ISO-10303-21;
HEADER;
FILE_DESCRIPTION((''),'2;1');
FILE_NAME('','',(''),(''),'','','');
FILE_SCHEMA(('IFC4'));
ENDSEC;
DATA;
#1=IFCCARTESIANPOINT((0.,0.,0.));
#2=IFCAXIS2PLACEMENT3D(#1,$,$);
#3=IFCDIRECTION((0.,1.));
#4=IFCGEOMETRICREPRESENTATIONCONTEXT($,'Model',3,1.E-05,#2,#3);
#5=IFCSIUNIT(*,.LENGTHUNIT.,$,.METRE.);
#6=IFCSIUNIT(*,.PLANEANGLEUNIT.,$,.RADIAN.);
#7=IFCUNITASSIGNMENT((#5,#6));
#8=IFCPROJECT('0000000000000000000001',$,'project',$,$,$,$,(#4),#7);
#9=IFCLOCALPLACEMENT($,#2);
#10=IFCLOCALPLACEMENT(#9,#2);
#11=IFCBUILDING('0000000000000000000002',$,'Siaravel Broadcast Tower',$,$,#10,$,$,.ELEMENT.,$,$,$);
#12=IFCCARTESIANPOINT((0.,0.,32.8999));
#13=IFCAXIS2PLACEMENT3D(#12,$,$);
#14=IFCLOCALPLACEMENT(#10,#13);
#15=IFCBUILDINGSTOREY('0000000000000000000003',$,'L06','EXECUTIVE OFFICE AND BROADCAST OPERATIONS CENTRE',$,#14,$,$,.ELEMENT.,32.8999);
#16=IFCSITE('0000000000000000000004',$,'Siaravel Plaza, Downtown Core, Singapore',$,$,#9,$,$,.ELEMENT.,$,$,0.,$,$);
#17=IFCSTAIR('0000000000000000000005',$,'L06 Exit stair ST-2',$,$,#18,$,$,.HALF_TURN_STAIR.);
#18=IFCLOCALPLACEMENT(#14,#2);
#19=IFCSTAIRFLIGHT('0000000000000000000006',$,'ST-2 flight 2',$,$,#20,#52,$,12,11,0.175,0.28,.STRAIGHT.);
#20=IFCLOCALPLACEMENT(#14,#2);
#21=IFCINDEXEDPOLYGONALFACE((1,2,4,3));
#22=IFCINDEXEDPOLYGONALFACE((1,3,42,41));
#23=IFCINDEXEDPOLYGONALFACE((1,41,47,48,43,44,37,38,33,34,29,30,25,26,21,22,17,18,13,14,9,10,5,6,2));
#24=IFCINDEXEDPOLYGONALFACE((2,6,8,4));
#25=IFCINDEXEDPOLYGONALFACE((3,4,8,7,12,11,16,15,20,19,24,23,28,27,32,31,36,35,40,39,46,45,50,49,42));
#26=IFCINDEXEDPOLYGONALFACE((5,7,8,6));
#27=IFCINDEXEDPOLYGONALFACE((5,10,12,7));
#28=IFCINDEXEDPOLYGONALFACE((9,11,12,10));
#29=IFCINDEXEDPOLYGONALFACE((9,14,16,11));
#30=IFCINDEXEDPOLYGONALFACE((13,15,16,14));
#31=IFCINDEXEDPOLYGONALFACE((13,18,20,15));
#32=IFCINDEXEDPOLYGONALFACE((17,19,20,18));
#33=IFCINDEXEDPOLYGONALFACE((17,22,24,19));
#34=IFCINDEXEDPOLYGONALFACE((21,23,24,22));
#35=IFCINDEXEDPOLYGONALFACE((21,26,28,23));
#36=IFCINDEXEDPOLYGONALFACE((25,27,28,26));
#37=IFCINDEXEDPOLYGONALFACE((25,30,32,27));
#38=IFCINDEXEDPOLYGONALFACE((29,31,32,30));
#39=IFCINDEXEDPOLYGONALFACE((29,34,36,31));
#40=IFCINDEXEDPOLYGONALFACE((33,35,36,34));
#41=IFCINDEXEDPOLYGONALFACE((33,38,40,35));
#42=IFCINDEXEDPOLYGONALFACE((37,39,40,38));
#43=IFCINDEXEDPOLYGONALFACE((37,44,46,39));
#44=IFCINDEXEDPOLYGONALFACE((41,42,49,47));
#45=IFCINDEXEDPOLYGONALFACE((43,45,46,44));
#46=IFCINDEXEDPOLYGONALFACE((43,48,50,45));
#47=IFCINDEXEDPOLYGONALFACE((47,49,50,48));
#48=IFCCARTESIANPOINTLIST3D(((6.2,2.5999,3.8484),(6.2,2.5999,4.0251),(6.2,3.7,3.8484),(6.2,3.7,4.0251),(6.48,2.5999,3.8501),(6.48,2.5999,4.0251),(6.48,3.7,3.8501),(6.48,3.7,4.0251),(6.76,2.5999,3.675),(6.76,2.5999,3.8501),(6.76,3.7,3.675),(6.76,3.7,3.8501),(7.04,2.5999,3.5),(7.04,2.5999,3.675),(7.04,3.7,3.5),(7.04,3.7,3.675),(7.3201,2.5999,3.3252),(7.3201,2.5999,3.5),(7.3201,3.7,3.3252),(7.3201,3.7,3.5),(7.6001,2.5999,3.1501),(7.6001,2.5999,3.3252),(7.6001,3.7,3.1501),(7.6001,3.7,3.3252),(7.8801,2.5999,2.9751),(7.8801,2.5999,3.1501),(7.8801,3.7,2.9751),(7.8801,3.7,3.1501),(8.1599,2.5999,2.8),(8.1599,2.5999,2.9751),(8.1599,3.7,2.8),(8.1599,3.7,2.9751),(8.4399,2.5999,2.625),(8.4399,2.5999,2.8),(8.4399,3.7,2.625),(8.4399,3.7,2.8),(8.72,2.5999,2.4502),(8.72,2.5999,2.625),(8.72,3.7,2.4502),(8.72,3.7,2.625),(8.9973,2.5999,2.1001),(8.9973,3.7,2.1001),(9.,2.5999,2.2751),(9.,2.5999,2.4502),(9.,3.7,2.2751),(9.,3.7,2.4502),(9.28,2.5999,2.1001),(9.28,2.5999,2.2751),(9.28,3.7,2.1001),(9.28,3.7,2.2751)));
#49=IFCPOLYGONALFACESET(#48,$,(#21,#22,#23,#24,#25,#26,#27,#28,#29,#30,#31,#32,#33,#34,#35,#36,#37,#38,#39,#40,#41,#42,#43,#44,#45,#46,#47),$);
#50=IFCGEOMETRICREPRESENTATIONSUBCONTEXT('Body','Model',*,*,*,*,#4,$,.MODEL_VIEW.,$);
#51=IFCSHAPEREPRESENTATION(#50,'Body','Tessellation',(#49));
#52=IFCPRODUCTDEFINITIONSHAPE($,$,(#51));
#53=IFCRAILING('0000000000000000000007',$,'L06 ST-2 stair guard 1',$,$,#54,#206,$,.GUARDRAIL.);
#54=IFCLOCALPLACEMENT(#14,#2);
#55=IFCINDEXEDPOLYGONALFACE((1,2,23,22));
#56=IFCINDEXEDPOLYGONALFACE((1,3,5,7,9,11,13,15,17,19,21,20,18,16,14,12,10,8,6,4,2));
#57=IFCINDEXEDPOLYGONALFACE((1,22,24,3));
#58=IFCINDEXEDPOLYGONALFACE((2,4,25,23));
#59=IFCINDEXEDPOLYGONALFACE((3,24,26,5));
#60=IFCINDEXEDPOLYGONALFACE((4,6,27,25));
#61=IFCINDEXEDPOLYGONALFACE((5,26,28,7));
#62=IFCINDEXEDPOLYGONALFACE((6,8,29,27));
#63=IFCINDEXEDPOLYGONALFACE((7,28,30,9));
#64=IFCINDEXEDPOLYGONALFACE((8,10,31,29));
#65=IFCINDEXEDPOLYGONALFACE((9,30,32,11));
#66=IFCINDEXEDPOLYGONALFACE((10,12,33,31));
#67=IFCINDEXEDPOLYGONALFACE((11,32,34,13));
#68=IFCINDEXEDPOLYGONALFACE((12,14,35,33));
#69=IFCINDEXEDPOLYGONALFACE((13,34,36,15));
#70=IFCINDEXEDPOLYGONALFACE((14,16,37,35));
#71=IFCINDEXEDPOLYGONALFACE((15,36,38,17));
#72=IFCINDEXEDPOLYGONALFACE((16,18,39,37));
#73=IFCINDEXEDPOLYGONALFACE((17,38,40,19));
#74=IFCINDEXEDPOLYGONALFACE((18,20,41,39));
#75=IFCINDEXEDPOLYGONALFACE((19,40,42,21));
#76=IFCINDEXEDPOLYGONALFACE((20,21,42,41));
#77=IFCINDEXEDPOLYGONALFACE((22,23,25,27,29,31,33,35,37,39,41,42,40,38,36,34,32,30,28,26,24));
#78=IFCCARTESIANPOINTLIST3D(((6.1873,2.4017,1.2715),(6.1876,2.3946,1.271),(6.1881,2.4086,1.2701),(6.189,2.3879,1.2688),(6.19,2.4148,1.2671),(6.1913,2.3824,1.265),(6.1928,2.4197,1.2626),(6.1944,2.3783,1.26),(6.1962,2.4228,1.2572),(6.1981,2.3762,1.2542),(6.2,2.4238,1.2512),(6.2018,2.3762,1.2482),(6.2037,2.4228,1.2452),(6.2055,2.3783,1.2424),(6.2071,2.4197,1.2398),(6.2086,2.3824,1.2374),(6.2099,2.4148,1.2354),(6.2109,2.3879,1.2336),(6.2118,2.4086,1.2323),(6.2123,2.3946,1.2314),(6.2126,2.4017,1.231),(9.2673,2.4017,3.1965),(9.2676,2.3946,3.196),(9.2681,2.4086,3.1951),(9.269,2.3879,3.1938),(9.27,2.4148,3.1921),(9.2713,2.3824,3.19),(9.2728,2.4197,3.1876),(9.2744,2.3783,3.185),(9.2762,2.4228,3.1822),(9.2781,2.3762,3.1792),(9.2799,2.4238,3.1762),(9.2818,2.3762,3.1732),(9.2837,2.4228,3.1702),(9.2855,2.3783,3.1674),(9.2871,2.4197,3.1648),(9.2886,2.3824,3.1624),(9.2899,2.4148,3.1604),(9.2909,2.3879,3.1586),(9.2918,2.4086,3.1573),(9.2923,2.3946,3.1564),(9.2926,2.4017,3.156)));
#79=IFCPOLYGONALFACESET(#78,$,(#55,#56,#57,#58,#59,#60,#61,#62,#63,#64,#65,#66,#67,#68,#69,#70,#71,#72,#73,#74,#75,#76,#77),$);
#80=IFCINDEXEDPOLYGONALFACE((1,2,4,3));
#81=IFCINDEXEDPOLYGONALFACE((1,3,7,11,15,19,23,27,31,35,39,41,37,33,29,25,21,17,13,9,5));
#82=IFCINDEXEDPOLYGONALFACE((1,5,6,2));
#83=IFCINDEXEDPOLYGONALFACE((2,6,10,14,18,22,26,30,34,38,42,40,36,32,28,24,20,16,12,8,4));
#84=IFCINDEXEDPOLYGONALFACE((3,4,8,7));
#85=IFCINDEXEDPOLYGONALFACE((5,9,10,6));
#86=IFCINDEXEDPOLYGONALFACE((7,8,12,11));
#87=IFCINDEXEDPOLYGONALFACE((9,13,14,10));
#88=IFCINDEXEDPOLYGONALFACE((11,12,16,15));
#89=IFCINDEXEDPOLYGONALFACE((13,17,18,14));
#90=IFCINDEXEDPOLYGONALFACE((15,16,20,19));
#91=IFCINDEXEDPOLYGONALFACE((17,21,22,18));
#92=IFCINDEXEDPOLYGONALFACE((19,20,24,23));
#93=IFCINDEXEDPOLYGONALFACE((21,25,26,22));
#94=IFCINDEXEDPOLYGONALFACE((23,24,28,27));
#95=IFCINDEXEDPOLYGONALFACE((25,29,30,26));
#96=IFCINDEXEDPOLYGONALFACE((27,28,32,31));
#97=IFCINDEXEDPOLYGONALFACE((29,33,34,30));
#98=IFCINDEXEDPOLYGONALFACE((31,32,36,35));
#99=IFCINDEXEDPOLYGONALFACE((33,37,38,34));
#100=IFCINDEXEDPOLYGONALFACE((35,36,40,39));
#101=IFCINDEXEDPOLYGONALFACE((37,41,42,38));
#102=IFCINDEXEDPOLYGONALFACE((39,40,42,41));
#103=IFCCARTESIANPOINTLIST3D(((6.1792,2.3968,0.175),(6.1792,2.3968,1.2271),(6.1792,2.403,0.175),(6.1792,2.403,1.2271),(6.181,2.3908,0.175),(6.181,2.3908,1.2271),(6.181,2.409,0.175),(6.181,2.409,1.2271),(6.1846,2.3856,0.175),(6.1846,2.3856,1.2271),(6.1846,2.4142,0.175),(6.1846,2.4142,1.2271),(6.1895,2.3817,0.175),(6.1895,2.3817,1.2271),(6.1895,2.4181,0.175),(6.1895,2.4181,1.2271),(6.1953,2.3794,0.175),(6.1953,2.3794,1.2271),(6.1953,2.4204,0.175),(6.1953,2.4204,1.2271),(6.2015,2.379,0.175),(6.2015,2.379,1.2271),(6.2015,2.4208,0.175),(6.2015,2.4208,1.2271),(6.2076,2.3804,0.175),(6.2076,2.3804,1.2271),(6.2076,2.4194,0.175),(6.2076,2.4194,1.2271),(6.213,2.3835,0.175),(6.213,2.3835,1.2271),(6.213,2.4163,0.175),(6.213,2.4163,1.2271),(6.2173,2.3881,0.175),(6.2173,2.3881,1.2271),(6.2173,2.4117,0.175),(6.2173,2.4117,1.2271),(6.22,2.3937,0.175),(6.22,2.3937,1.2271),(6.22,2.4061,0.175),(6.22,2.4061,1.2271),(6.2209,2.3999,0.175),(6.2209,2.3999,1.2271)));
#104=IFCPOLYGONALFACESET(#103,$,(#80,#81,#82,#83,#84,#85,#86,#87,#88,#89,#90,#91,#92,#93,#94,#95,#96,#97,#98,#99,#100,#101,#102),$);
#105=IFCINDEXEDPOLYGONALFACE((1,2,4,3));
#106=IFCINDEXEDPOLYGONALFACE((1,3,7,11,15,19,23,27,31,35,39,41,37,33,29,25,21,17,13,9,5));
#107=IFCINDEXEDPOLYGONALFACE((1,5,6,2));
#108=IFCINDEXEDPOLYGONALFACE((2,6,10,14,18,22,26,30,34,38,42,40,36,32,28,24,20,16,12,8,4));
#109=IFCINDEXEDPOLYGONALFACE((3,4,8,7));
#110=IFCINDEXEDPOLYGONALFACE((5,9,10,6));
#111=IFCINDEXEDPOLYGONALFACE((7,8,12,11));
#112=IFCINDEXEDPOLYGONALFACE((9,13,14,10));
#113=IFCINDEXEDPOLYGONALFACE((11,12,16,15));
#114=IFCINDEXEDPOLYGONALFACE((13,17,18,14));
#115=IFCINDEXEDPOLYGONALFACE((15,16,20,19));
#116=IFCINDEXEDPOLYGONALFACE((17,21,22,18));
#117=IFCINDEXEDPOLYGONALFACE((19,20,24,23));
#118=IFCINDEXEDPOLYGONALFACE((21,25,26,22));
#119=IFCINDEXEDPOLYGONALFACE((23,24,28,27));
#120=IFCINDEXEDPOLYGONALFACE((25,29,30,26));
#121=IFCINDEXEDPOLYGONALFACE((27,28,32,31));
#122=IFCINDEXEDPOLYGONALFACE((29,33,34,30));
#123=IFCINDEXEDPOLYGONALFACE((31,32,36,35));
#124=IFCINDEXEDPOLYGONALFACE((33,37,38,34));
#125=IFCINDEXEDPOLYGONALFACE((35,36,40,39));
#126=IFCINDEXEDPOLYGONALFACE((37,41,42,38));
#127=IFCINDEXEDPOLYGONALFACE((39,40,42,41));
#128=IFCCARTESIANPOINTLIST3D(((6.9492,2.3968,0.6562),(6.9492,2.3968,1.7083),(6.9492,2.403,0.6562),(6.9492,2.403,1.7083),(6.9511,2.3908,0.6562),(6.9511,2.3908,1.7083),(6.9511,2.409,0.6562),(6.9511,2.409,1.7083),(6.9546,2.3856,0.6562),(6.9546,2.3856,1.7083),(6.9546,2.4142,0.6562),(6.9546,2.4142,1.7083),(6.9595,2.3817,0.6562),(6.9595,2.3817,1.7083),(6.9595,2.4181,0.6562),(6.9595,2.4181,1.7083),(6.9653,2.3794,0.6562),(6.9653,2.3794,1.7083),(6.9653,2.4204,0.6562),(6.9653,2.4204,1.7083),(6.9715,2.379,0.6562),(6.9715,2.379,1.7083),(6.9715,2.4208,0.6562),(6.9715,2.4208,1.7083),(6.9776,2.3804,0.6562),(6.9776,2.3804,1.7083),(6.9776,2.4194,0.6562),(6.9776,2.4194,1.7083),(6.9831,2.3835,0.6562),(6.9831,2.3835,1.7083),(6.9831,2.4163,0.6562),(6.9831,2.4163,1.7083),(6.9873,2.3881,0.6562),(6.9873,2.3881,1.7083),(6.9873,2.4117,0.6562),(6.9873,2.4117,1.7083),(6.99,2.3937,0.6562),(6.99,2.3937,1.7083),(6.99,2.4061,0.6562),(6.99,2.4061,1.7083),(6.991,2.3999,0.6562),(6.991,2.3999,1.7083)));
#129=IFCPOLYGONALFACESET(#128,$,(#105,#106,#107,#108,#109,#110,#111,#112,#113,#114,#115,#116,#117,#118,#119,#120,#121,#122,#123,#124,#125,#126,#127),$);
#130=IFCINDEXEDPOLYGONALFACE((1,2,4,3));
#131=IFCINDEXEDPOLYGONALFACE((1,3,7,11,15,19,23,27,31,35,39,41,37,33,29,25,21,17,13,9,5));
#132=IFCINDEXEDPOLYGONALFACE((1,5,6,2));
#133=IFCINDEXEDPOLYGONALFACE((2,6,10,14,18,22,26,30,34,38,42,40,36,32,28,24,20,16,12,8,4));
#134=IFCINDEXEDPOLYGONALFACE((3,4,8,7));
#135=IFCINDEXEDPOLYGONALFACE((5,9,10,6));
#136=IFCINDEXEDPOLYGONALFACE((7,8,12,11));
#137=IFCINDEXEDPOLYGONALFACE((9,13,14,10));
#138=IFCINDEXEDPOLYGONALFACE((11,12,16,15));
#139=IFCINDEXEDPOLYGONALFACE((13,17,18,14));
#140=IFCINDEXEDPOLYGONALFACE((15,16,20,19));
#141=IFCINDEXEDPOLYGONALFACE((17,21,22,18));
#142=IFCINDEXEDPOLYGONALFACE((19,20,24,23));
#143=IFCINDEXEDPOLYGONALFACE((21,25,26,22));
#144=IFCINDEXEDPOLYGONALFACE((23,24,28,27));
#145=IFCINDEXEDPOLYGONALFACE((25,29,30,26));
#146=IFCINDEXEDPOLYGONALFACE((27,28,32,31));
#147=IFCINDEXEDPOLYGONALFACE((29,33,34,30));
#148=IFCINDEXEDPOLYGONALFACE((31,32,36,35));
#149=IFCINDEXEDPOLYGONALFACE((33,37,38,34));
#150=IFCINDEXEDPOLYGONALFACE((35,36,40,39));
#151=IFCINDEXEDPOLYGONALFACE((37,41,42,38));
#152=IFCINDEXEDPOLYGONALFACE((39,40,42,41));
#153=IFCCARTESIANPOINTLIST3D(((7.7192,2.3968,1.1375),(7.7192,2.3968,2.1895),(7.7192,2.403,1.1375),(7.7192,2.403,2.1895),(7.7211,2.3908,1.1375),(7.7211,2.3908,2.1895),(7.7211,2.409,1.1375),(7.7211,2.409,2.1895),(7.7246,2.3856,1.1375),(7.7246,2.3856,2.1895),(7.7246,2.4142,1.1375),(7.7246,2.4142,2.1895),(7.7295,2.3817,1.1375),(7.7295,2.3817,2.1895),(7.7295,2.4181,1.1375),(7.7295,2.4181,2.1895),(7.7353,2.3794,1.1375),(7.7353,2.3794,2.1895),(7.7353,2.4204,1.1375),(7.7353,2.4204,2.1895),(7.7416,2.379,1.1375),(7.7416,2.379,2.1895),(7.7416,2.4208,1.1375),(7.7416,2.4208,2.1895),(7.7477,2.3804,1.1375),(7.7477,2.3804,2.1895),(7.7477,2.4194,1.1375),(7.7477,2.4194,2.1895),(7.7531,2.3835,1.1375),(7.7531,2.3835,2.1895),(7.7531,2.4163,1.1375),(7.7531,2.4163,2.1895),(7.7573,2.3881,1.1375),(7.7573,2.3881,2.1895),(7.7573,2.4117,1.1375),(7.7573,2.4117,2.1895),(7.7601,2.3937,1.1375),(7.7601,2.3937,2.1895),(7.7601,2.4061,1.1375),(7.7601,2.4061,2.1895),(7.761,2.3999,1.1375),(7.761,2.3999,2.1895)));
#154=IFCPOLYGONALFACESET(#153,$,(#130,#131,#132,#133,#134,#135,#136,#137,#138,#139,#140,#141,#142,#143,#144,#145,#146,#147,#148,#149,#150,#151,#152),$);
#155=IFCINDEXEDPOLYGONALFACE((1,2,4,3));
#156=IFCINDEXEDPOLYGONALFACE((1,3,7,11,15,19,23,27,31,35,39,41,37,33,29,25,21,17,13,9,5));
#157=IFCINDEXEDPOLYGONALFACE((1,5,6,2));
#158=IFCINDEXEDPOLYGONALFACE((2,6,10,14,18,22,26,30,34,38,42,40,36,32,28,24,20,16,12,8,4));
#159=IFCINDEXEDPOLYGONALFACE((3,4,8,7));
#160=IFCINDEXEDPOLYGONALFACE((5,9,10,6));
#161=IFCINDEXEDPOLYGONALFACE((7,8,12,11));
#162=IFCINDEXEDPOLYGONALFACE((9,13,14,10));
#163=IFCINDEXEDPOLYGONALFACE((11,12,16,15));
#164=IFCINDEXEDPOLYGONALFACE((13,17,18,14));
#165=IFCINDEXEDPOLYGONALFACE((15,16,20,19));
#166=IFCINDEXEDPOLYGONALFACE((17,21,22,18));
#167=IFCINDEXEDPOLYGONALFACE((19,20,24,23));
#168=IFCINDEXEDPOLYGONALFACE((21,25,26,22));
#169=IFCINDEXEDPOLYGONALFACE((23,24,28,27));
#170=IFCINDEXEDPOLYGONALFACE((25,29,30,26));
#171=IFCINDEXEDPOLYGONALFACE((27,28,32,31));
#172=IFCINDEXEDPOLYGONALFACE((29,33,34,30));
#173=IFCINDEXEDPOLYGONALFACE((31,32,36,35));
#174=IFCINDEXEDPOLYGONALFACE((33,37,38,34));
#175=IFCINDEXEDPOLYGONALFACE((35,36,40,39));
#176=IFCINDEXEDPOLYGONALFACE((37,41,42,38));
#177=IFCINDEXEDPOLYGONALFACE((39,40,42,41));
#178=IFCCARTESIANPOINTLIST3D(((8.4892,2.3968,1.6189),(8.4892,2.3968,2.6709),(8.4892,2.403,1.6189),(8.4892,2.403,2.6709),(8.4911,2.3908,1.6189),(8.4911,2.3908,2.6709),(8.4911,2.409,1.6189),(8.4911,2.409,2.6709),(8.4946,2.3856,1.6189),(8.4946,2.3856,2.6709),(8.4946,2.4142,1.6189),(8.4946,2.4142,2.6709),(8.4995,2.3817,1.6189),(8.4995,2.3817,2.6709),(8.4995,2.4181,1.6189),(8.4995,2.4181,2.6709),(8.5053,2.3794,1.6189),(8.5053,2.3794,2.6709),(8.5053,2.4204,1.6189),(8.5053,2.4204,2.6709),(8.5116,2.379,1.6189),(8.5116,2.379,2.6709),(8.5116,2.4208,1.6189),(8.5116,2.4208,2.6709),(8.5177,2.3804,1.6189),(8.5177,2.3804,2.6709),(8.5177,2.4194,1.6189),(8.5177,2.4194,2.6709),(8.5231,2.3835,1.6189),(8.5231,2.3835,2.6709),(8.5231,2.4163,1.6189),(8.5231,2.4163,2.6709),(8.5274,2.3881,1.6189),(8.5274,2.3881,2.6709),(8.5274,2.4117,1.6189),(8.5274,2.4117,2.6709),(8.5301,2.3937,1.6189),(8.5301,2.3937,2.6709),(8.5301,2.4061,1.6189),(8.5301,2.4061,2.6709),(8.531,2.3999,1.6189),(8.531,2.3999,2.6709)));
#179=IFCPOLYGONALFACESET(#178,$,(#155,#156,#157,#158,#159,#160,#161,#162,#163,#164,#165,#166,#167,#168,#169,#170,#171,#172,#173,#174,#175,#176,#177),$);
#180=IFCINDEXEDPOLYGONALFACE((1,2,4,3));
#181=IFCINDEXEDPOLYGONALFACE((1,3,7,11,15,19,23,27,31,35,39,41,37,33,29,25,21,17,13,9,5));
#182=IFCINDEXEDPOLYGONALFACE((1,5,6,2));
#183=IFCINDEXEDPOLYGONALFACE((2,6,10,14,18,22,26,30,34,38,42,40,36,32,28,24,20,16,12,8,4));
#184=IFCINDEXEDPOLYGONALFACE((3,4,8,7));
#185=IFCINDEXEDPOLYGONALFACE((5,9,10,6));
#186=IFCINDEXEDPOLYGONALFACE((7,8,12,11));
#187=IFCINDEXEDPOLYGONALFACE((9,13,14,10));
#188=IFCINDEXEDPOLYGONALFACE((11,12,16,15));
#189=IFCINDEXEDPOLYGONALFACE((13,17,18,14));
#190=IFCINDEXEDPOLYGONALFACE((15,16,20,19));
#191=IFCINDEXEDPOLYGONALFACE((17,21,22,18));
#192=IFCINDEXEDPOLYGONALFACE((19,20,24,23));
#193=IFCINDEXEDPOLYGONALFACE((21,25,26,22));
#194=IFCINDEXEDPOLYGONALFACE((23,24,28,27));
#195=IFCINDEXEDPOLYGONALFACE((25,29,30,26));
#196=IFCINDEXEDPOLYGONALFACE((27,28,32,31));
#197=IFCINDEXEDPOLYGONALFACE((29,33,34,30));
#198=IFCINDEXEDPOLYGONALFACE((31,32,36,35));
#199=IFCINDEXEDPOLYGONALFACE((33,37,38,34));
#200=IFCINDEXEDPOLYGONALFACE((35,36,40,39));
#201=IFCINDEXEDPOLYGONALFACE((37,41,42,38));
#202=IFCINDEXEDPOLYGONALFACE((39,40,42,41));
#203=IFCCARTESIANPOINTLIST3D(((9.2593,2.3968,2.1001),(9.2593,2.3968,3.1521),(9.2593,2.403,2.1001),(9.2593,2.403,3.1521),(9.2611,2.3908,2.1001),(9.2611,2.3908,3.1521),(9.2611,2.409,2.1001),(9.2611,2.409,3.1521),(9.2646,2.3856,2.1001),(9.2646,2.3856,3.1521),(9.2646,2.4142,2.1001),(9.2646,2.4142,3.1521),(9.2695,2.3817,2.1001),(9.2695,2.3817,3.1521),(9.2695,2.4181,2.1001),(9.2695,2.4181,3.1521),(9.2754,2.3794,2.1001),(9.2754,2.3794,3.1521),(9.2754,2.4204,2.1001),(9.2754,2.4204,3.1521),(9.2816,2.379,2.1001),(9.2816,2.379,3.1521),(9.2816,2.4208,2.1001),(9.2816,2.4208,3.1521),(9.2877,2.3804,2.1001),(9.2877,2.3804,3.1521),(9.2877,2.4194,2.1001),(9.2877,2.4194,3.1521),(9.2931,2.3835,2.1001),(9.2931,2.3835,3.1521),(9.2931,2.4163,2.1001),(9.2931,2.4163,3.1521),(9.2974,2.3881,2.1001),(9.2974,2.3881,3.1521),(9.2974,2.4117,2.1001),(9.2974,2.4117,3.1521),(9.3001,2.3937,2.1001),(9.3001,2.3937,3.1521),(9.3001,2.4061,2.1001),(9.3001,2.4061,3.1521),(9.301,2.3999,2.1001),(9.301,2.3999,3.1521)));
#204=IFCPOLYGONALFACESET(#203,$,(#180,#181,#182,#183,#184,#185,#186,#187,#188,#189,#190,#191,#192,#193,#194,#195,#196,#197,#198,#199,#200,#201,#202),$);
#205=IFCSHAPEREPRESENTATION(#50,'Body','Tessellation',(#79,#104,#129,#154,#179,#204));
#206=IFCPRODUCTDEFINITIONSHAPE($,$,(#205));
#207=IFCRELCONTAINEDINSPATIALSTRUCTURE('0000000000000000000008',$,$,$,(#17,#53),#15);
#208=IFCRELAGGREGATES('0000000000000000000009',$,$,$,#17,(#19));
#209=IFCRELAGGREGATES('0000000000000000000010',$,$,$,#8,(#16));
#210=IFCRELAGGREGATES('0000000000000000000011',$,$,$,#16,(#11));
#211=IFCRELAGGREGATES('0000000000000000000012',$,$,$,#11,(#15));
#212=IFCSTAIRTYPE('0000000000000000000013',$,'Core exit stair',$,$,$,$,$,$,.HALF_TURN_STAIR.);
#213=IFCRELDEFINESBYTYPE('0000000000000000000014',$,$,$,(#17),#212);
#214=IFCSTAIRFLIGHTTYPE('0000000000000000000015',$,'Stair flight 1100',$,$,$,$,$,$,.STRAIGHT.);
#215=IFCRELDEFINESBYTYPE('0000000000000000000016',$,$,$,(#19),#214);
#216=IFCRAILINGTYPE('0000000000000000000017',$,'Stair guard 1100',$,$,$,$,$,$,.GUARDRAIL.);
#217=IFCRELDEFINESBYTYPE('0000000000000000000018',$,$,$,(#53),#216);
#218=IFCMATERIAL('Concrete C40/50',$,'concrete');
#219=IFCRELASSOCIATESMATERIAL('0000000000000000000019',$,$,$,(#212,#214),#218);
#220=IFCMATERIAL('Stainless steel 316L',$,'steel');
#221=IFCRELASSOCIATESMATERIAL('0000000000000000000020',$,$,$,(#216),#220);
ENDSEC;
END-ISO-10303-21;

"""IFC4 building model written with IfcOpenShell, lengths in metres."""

from ifc_helpers import new_model, si_unit, direction, frame, origin, origin_2d, place, context, subcontext, project, spatial, polyline, circle, outline, extrude, material, type_object, element, aggregate, save


model = new_model("IFC4")

# Units and contexts
model_context = context("Model", 3, precision=1e-05, world=origin(), true_north=direction((0.0, 1.0)))
body_context = subcontext(model_context, "Body", "Model", "MODEL_VIEW")
ifc_project = project(units=[si_unit("LENGTHUNIT", "METRE"), si_unit("PLANEANGLEUNIT", "RADIAN")], contexts=[model_context])

# Site, building, storey
site_placement = place(None, origin())
site = spatial("IfcSite", under=ifc_project, at=site_placement, Name="Siaravel Plaza, Downtown Core, Singapore", CompositionType="ELEMENT", RefElevation=0.0)
building_placement = place(site_placement, origin())
building = spatial("IfcBuilding", under=site, at=building_placement, Name="Siaravel Broadcast Tower", CompositionType="ELEMENT")
storey_placement = place(building_placement, frame((0.0, 0.0, 32.8999)))
storey = spatial("IfcBuildingStorey", under=building, at=storey_placement, Name="L06", Description="EXECUTIVE OFFICE AND BROADCAST OPERATIONS CENTRE", CompositionType="ELEMENT", Elevation=32.8999)

# Shared definitions
ifc_material_1 = material(Name="Concrete C40/50", Category="concrete")

# Stair, stair flight
stair_type = type_object("IfcStairType", Name="Core exit stair", PredefinedType="HALF_TURN_STAIR", material=ifc_material_1)
stair_placement = place(storey_placement, origin())
stair = element("IfcStair", 1, at=stair_placement, inside=storey, type_object=stair_type, Name="L06 Exit stair ST-2", PredefinedType="HALF_TURN_STAIR")
stair_flight_type = type_object("IfcStairFlightType", Name="Stair flight 1100", PredefinedType="STRAIGHT", material=ifc_material_1)
stair_flight_1_placement = place(storey_placement, frame((9.28, 3.1499, 2.1001), z_axis=(0.0, 0.0, 1.0), x_axis=(-1.0, 0.0, 0.0)))
stair_flight_1 = element("IfcStairFlight", 2, at=stair_flight_1_placement, type_object=stair_flight_type, Name="ST-2 flight 2", NumberOfRisers=12, NumberOfTreads=11, PredefinedType="STRAIGHT", RiserHeight=0.175, TreadLength=0.28, context=body_context, shape_type="SweptSolid", body=[
    extrude(outline(polyline([(0.0, 0.0), (0.0, 0.175), (0.28, 0.175), (0.28, 0.3501), (0.5601, 0.3501), (0.5601, 0.5249), (0.8401, 0.5249), (0.8401, 0.7), (1.1201, 0.7), (1.1201, 0.875), (1.3999, 0.875), (1.3999, 1.05), (1.6799, 1.05), (1.6799, 1.2251), (1.96, 1.2251), (1.96, 1.3999), (2.24, 1.3999), (2.24, 1.575), (2.52, 1.575), (2.52, 1.75), (2.8, 1.75), (2.8, 1.925), (3.0801, 1.925), (3.0801, 2.1001), (3.0801, 1.7483), (0.2827, 0.0), (0.0, 0.0)])), frame((0.0, 0.55, 0.0), z_axis=(0.0, -1.0, 0.0), x_axis=(1.0, 0.0, 0.0)), (0.0, 0.0, 1.0), 1.1001),
])
aggregate(stair, [stair_flight_1])

# Railing
ifc_material_2 = material(Name="Stainless steel 316L", Category="steel")
railing_type_1 = type_object("IfcRailingType", Name="Stair guard 1100", PredefinedType="GUARDRAIL", material=ifc_material_2)
railing_1_placement = place(storey_placement, frame((6.2, 2.3999, 0.175)))
element("IfcRailing", 3, at=railing_1_placement, inside=storey, type_object=railing_type_1, Name="L06 ST-2 stair guard 1", PredefinedType="GUARDRAIL", context=body_context, shape_type="SweptSolid", body=[
    extrude(circle(Radius=0.0239, at=origin_2d()), frame((0.0, 0.0, 1.0762), z_axis=(0.847998, 0.0, 0.529999), x_axis=(0.0, 1.0, 0.0)), (0.0, 0.0, 1.0), 3.6321),
    extrude(circle(Radius=0.021, at=origin_2d()), origin(), (0.0, 0.0, 1.0), 1.052),
    extrude(circle(Radius=0.021, at=origin_2d()), frame((0.77, 0.0, 0.4812)), (0.0, 0.0, 1.0), 1.052),
    extrude(circle(Radius=0.021, at=origin_2d()), frame((1.54, 0.0, 0.9624)), (0.0, 0.0, 1.0), 1.052),
    extrude(circle(Radius=0.021, at=origin_2d()), frame((2.3101, 0.0, 1.4438)), (0.0, 0.0, 1.0), 1.052),
    extrude(circle(Radius=0.021, at=origin_2d()), frame((3.0801, 0.0, 1.925)), (0.0, 0.0, 1.0), 1.052),
])

save(model, "model.ifc")
